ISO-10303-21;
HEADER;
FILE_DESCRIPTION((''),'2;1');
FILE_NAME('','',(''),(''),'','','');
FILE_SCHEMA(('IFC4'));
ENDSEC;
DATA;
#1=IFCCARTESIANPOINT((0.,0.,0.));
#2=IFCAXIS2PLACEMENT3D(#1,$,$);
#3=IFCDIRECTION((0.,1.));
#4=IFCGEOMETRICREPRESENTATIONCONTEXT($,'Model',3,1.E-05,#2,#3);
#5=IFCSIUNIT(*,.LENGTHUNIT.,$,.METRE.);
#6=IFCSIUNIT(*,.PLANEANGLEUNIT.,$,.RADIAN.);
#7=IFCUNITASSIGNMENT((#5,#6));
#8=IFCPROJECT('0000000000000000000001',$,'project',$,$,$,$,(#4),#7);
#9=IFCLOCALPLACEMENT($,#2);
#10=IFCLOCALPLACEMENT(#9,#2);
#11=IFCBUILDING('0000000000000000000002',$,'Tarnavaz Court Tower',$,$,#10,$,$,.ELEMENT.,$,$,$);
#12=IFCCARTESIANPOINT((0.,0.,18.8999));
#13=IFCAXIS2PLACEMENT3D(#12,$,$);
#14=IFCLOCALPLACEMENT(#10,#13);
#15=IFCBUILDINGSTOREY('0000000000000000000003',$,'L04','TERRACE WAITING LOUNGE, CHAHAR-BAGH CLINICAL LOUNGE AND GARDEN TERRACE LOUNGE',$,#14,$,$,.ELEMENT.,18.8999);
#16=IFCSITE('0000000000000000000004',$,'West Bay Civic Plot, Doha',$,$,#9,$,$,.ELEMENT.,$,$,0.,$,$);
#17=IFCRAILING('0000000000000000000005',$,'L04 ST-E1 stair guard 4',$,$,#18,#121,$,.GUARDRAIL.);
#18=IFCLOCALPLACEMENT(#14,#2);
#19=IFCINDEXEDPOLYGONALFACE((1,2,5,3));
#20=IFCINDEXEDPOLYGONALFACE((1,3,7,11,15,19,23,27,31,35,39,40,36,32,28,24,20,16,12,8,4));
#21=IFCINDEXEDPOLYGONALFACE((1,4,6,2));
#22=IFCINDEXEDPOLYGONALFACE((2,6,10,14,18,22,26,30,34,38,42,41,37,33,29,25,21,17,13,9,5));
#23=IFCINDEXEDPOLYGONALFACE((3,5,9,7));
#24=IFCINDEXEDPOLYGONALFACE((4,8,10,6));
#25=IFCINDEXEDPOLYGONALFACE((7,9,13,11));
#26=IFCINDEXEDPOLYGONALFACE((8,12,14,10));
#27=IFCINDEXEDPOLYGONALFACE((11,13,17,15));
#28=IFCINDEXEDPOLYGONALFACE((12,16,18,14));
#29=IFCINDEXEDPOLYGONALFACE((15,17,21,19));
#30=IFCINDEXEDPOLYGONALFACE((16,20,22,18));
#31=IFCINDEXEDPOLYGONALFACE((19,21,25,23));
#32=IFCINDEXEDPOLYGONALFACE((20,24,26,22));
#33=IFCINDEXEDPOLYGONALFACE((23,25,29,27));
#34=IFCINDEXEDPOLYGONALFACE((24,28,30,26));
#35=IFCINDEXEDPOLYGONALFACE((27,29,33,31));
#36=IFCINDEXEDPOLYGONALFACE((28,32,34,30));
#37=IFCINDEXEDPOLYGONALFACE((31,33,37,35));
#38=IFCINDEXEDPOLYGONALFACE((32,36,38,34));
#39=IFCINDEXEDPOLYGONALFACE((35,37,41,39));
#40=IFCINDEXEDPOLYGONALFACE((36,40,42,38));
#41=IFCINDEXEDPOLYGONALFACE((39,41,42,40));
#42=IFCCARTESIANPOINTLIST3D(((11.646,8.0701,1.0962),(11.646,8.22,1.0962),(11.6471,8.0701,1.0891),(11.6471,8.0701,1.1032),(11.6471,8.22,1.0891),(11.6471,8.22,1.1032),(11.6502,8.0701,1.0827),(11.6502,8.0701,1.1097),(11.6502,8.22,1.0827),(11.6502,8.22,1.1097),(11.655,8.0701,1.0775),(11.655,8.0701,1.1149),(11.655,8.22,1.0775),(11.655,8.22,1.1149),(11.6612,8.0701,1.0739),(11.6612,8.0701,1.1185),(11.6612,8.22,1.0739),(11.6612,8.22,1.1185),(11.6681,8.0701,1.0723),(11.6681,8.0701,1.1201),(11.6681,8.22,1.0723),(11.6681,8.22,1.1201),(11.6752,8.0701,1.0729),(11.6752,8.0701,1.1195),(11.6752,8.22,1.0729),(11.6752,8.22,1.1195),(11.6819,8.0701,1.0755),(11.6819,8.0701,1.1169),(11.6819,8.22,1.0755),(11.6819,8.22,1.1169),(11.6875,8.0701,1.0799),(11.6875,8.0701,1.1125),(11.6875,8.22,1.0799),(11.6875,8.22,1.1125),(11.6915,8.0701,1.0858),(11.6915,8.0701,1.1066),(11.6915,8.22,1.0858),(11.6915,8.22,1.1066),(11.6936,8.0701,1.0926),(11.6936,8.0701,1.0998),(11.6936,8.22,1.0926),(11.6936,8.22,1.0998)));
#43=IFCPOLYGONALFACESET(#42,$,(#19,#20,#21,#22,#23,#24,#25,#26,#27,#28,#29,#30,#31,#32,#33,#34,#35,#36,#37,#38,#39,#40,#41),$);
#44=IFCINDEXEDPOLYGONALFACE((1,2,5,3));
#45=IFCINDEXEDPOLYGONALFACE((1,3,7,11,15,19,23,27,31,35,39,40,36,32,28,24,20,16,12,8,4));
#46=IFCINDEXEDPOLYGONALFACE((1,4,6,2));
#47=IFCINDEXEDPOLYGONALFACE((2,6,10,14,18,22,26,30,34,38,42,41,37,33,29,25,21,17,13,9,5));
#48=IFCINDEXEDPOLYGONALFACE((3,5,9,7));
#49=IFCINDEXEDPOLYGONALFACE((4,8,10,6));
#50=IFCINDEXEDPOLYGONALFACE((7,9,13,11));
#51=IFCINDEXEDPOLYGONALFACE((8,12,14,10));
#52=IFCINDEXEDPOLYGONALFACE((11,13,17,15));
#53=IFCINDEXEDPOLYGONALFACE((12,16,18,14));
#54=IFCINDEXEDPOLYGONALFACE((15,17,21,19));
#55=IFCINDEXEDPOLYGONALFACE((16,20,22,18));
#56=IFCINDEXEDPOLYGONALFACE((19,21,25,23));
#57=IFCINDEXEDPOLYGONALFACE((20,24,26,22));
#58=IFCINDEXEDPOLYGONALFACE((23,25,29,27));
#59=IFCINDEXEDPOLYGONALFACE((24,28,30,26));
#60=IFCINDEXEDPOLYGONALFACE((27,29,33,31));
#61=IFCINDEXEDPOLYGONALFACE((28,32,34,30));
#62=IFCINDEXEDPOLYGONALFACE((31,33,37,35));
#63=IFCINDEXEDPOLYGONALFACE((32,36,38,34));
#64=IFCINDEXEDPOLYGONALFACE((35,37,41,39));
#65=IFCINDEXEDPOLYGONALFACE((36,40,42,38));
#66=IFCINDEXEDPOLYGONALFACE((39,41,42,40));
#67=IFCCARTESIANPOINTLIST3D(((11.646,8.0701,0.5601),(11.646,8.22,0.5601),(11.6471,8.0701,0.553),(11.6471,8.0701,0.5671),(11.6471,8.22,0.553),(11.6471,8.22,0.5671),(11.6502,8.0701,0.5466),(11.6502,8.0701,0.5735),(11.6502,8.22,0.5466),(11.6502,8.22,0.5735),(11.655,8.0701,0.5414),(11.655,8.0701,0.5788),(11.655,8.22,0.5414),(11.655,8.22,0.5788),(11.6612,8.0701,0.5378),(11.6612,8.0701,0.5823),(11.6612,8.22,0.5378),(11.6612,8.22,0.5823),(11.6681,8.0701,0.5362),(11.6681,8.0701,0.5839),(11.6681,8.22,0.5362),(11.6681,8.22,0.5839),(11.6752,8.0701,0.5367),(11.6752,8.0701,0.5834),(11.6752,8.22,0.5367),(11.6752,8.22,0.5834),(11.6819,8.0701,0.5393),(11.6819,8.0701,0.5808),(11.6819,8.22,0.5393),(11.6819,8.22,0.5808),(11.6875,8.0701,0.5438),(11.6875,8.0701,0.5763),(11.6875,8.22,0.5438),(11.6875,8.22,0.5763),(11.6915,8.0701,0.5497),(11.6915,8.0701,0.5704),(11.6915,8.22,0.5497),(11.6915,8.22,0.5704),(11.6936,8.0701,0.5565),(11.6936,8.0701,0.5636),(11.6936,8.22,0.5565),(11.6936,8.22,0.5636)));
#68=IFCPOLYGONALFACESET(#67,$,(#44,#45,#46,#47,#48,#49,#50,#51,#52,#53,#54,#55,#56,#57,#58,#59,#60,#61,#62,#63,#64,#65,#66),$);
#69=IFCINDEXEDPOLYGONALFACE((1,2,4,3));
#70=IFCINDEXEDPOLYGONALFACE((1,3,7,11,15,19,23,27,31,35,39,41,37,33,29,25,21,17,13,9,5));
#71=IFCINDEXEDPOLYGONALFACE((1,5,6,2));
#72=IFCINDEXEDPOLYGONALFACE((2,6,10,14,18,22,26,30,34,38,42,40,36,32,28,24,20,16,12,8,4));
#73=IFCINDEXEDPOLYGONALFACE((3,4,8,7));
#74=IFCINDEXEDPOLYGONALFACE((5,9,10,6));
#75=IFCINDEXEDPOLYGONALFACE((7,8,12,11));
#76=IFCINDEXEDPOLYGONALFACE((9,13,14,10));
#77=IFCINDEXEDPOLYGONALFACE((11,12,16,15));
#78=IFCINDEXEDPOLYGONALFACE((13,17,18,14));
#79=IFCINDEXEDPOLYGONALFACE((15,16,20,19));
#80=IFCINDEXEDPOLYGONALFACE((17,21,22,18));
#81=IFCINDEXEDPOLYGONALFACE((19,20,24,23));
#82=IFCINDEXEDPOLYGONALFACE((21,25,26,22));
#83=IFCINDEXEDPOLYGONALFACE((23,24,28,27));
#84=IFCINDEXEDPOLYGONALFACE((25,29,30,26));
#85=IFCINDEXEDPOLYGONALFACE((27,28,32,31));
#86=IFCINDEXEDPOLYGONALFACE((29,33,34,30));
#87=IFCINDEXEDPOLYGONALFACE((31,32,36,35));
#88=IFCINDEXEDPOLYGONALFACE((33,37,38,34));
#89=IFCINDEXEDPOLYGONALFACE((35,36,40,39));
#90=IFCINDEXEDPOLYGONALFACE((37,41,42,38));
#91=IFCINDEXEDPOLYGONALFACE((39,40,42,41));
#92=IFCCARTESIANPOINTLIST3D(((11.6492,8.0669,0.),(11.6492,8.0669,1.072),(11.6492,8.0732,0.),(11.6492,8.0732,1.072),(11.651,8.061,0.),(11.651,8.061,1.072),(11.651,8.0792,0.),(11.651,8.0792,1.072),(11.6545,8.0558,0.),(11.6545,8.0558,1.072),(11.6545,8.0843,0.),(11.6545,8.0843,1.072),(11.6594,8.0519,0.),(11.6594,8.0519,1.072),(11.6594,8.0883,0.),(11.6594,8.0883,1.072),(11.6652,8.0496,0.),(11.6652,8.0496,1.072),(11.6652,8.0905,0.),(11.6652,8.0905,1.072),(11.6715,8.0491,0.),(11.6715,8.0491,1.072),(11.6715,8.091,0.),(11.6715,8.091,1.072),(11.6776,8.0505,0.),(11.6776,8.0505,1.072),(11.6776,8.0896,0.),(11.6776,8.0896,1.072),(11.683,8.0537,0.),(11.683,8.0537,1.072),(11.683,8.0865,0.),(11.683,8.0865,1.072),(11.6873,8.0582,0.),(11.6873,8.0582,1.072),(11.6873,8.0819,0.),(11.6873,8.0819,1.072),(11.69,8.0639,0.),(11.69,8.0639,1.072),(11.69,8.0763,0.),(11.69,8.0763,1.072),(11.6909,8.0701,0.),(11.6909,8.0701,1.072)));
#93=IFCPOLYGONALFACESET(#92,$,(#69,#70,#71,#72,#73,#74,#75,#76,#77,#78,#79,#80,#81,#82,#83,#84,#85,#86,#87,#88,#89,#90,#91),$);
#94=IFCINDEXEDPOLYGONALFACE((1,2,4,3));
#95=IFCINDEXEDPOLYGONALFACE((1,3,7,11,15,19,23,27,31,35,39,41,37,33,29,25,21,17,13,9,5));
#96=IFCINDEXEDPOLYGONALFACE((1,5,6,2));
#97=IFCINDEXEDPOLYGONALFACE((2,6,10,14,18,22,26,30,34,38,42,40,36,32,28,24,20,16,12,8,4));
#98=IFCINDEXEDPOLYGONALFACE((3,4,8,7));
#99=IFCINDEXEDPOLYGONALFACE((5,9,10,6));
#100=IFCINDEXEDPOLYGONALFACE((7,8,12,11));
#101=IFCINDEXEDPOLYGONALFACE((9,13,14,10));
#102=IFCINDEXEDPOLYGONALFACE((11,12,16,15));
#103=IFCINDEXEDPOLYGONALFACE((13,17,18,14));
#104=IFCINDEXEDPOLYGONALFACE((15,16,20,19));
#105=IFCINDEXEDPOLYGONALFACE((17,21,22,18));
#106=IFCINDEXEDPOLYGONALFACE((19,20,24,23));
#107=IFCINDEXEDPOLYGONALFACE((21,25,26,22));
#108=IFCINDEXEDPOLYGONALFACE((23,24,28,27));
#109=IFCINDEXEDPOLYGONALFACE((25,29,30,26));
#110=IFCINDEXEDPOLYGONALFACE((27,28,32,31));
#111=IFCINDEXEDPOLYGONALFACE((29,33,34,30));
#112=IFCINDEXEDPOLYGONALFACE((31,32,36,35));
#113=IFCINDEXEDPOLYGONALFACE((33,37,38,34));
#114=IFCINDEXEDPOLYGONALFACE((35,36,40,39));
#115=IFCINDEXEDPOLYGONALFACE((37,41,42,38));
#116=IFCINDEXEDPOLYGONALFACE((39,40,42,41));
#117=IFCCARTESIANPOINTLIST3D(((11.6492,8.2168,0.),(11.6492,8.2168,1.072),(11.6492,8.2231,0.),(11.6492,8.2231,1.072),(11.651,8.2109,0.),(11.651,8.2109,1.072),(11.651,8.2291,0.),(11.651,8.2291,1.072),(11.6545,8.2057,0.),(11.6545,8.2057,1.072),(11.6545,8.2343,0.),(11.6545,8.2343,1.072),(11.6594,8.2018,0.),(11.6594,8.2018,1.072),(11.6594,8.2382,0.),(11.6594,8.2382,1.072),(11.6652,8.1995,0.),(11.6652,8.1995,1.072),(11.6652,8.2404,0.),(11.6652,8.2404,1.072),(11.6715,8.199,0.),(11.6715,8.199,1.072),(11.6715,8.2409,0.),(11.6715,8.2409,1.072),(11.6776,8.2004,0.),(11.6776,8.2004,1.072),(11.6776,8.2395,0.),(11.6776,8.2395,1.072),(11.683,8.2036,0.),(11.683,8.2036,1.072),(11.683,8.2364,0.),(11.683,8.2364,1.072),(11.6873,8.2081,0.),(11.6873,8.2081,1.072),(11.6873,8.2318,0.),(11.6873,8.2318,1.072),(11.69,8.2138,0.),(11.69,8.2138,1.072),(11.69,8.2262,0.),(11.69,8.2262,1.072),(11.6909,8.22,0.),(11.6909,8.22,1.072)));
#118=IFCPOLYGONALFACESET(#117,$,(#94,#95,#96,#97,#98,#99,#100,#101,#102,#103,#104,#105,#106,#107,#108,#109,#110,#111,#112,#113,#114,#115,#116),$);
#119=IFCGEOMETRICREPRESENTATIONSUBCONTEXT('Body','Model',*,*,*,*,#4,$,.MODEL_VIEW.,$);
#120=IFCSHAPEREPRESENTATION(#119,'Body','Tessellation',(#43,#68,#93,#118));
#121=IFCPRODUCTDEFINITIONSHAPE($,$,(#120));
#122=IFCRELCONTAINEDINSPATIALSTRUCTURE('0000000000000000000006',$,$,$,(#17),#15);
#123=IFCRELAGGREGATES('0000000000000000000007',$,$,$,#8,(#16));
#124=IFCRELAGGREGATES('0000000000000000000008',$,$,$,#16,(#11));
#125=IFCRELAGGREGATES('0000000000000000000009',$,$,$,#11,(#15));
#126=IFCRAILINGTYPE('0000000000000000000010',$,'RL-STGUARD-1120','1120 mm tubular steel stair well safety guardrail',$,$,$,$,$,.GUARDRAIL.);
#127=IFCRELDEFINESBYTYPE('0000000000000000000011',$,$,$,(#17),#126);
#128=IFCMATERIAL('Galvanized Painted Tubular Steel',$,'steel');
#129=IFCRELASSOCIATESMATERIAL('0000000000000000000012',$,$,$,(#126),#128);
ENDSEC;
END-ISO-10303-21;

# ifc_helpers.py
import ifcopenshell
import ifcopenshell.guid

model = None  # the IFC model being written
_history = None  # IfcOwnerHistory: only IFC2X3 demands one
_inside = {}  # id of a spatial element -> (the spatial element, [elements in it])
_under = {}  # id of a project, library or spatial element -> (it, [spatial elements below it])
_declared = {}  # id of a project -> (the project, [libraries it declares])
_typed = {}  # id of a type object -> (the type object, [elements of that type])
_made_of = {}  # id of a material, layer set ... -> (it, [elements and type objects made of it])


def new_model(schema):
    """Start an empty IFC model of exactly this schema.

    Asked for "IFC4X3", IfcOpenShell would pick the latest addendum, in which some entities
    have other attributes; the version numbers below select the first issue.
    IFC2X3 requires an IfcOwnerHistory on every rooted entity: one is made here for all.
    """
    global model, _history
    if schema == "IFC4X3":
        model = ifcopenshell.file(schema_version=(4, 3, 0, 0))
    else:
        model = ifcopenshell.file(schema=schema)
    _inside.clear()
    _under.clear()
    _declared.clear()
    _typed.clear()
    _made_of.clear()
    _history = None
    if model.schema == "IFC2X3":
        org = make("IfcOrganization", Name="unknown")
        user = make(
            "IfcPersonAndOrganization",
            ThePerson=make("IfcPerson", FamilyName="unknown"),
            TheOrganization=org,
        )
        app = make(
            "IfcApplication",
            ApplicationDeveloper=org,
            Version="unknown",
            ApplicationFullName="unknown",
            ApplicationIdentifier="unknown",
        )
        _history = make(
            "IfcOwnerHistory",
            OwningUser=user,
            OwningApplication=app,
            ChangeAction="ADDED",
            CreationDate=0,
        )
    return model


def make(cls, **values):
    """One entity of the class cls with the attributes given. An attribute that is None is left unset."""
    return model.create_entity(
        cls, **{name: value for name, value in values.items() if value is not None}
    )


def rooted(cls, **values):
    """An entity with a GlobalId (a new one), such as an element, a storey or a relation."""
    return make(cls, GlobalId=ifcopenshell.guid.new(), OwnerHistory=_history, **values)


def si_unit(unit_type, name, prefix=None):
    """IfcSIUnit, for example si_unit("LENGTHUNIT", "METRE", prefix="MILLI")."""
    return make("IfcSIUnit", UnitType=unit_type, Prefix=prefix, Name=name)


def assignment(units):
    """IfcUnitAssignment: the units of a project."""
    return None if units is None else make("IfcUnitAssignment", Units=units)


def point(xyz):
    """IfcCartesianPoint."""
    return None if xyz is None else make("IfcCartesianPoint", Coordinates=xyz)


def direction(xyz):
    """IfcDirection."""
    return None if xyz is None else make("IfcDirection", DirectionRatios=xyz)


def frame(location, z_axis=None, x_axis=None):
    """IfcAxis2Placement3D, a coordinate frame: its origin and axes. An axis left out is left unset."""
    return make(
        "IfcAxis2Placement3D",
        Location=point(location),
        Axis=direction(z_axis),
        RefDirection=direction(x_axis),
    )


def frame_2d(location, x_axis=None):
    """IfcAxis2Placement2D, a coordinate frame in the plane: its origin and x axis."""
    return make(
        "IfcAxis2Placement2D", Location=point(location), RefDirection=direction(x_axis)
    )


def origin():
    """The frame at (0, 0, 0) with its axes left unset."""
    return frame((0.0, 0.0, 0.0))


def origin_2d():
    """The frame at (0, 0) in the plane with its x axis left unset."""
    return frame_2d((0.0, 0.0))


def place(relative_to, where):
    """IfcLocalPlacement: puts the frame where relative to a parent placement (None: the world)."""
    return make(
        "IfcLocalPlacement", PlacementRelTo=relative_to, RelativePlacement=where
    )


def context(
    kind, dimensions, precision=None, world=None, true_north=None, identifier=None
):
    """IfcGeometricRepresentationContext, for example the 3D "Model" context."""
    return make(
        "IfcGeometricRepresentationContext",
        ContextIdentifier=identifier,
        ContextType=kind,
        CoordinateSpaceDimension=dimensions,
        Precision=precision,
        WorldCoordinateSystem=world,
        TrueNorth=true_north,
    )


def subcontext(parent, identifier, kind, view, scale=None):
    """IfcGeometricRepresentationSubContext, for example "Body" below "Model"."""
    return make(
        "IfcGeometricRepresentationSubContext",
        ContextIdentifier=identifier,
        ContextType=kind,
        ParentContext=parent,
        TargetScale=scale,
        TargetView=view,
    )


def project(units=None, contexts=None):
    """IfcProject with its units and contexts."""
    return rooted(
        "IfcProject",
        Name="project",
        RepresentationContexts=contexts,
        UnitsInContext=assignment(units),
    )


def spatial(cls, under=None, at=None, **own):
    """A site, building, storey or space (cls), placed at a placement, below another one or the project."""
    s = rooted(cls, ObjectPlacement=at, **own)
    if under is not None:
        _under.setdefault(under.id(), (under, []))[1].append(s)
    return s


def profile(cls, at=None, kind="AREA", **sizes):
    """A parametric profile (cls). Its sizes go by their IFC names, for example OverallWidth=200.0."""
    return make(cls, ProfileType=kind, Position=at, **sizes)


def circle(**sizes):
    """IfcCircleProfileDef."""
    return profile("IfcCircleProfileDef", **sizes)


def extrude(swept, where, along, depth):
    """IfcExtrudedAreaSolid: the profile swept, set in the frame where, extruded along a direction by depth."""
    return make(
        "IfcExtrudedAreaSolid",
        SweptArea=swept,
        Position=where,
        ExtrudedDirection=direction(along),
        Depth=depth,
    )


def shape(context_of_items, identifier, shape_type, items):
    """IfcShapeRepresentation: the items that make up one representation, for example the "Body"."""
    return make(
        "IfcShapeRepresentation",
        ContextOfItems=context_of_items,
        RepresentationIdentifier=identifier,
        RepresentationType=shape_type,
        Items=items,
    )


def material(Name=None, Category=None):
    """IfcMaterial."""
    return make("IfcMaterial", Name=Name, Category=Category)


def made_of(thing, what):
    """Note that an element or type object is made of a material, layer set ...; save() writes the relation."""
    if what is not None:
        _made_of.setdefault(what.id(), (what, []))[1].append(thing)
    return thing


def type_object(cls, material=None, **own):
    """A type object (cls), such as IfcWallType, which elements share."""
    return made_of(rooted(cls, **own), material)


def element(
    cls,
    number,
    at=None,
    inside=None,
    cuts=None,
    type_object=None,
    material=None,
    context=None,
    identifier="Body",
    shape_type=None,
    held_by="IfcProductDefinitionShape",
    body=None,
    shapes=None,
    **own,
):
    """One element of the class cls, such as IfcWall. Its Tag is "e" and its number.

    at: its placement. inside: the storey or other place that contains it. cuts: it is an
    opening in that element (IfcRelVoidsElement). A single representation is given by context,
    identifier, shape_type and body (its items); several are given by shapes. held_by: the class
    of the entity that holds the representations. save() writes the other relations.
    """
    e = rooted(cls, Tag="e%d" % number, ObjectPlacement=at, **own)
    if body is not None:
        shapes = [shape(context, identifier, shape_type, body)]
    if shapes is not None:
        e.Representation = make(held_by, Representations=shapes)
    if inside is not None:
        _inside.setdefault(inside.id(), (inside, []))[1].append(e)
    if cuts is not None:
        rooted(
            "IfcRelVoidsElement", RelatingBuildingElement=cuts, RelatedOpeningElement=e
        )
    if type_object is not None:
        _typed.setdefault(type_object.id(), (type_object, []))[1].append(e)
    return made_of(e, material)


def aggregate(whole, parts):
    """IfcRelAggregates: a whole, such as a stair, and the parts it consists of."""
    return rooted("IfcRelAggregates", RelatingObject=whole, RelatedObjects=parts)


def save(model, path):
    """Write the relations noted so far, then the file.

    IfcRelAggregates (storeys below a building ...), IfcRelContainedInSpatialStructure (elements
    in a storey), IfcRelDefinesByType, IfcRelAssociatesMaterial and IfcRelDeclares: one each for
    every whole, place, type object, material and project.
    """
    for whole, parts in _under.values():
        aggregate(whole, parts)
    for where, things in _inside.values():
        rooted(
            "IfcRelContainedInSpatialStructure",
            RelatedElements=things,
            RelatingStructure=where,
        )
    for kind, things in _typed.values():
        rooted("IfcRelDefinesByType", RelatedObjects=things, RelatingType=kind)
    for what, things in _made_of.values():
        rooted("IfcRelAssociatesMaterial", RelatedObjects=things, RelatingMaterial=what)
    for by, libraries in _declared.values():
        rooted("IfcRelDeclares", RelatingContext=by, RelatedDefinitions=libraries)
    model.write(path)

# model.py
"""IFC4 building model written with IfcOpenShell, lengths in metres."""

from ifc_helpers import new_model, si_unit, direction, frame, origin, origin_2d, place, context, subcontext, project, spatial, circle, extrude, material, type_object, element, save


model = new_model("IFC4")

# Units and contexts
model_context = context("Model", 3, precision=1e-05, world=origin(), true_north=direction((0.0, 1.0)))
body_context = subcontext(model_context, "Body", "Model", "MODEL_VIEW")
ifc_project = project(units=[si_unit("LENGTHUNIT", "METRE"), si_unit("PLANEANGLEUNIT", "RADIAN")], contexts=[model_context])

# Site, building, storey
site_placement = place(None, origin())
site = spatial("IfcSite", under=ifc_project, at=site_placement, Name="West Bay Civic Plot, Doha", CompositionType="ELEMENT", RefElevation=0.0)
building_placement = place(site_placement, origin())
building = spatial("IfcBuilding", under=site, at=building_placement, Name="Tarnavaz Court Tower", CompositionType="ELEMENT")
storey_placement = place(building_placement, frame((0.0, 0.0, 18.8999)))
storey = spatial("IfcBuildingStorey", under=building, at=storey_placement, Name="L04", Description="TERRACE WAITING LOUNGE, CHAHAR-BAGH CLINICAL LOUNGE AND GARDEN TERRACE LOUNGE", CompositionType="ELEMENT", Elevation=18.8999)

# Railing
ifc_material_1 = material(Name="Galvanized Painted Tubular Steel", Category="steel")
railing_type_1 = type_object("IfcRailingType", Name="RL-STGUARD-1120", Description="1120 mm tubular steel stair well safety guardrail", PredefinedType="GUARDRAIL", material=ifc_material_1)
railing_1_placement = place(storey_placement, frame((11.6699, 8.0701, 0.0)))
element("IfcRailing", 1, at=railing_1_placement, inside=storey, type_object=railing_type_1, Name="L04 ST-E1 stair guard 4", PredefinedType="GUARDRAIL", context=body_context, shape_type="SweptSolid", body=[
    extrude(circle(Radius=0.0239, at=origin_2d()), frame((0.0, 0.0, 1.0962), z_axis=(0.0, 1.0, 0.0), x_axis=(-1.0, 0.0, 0.0)), (0.0, 0.0, 1.0), 0.1499),
    extrude(circle(Radius=0.0239, at=origin_2d()), frame((0.0, 0.0, 0.5601), z_axis=(0.0, 1.0, 0.0), x_axis=(-1.0, 0.0, 0.0)), (0.0, 0.0, 1.0), 0.1499),
    extrude(circle(Radius=0.021, at=origin_2d()), origin(), (0.0, 0.0, 1.0), 1.072),
    extrude(circle(Radius=0.021, at=origin_2d()), frame((0.0, 0.1499, 0.0)), (0.0, 0.0, 1.0), 1.072),
])

save(model, "model.ifc")
